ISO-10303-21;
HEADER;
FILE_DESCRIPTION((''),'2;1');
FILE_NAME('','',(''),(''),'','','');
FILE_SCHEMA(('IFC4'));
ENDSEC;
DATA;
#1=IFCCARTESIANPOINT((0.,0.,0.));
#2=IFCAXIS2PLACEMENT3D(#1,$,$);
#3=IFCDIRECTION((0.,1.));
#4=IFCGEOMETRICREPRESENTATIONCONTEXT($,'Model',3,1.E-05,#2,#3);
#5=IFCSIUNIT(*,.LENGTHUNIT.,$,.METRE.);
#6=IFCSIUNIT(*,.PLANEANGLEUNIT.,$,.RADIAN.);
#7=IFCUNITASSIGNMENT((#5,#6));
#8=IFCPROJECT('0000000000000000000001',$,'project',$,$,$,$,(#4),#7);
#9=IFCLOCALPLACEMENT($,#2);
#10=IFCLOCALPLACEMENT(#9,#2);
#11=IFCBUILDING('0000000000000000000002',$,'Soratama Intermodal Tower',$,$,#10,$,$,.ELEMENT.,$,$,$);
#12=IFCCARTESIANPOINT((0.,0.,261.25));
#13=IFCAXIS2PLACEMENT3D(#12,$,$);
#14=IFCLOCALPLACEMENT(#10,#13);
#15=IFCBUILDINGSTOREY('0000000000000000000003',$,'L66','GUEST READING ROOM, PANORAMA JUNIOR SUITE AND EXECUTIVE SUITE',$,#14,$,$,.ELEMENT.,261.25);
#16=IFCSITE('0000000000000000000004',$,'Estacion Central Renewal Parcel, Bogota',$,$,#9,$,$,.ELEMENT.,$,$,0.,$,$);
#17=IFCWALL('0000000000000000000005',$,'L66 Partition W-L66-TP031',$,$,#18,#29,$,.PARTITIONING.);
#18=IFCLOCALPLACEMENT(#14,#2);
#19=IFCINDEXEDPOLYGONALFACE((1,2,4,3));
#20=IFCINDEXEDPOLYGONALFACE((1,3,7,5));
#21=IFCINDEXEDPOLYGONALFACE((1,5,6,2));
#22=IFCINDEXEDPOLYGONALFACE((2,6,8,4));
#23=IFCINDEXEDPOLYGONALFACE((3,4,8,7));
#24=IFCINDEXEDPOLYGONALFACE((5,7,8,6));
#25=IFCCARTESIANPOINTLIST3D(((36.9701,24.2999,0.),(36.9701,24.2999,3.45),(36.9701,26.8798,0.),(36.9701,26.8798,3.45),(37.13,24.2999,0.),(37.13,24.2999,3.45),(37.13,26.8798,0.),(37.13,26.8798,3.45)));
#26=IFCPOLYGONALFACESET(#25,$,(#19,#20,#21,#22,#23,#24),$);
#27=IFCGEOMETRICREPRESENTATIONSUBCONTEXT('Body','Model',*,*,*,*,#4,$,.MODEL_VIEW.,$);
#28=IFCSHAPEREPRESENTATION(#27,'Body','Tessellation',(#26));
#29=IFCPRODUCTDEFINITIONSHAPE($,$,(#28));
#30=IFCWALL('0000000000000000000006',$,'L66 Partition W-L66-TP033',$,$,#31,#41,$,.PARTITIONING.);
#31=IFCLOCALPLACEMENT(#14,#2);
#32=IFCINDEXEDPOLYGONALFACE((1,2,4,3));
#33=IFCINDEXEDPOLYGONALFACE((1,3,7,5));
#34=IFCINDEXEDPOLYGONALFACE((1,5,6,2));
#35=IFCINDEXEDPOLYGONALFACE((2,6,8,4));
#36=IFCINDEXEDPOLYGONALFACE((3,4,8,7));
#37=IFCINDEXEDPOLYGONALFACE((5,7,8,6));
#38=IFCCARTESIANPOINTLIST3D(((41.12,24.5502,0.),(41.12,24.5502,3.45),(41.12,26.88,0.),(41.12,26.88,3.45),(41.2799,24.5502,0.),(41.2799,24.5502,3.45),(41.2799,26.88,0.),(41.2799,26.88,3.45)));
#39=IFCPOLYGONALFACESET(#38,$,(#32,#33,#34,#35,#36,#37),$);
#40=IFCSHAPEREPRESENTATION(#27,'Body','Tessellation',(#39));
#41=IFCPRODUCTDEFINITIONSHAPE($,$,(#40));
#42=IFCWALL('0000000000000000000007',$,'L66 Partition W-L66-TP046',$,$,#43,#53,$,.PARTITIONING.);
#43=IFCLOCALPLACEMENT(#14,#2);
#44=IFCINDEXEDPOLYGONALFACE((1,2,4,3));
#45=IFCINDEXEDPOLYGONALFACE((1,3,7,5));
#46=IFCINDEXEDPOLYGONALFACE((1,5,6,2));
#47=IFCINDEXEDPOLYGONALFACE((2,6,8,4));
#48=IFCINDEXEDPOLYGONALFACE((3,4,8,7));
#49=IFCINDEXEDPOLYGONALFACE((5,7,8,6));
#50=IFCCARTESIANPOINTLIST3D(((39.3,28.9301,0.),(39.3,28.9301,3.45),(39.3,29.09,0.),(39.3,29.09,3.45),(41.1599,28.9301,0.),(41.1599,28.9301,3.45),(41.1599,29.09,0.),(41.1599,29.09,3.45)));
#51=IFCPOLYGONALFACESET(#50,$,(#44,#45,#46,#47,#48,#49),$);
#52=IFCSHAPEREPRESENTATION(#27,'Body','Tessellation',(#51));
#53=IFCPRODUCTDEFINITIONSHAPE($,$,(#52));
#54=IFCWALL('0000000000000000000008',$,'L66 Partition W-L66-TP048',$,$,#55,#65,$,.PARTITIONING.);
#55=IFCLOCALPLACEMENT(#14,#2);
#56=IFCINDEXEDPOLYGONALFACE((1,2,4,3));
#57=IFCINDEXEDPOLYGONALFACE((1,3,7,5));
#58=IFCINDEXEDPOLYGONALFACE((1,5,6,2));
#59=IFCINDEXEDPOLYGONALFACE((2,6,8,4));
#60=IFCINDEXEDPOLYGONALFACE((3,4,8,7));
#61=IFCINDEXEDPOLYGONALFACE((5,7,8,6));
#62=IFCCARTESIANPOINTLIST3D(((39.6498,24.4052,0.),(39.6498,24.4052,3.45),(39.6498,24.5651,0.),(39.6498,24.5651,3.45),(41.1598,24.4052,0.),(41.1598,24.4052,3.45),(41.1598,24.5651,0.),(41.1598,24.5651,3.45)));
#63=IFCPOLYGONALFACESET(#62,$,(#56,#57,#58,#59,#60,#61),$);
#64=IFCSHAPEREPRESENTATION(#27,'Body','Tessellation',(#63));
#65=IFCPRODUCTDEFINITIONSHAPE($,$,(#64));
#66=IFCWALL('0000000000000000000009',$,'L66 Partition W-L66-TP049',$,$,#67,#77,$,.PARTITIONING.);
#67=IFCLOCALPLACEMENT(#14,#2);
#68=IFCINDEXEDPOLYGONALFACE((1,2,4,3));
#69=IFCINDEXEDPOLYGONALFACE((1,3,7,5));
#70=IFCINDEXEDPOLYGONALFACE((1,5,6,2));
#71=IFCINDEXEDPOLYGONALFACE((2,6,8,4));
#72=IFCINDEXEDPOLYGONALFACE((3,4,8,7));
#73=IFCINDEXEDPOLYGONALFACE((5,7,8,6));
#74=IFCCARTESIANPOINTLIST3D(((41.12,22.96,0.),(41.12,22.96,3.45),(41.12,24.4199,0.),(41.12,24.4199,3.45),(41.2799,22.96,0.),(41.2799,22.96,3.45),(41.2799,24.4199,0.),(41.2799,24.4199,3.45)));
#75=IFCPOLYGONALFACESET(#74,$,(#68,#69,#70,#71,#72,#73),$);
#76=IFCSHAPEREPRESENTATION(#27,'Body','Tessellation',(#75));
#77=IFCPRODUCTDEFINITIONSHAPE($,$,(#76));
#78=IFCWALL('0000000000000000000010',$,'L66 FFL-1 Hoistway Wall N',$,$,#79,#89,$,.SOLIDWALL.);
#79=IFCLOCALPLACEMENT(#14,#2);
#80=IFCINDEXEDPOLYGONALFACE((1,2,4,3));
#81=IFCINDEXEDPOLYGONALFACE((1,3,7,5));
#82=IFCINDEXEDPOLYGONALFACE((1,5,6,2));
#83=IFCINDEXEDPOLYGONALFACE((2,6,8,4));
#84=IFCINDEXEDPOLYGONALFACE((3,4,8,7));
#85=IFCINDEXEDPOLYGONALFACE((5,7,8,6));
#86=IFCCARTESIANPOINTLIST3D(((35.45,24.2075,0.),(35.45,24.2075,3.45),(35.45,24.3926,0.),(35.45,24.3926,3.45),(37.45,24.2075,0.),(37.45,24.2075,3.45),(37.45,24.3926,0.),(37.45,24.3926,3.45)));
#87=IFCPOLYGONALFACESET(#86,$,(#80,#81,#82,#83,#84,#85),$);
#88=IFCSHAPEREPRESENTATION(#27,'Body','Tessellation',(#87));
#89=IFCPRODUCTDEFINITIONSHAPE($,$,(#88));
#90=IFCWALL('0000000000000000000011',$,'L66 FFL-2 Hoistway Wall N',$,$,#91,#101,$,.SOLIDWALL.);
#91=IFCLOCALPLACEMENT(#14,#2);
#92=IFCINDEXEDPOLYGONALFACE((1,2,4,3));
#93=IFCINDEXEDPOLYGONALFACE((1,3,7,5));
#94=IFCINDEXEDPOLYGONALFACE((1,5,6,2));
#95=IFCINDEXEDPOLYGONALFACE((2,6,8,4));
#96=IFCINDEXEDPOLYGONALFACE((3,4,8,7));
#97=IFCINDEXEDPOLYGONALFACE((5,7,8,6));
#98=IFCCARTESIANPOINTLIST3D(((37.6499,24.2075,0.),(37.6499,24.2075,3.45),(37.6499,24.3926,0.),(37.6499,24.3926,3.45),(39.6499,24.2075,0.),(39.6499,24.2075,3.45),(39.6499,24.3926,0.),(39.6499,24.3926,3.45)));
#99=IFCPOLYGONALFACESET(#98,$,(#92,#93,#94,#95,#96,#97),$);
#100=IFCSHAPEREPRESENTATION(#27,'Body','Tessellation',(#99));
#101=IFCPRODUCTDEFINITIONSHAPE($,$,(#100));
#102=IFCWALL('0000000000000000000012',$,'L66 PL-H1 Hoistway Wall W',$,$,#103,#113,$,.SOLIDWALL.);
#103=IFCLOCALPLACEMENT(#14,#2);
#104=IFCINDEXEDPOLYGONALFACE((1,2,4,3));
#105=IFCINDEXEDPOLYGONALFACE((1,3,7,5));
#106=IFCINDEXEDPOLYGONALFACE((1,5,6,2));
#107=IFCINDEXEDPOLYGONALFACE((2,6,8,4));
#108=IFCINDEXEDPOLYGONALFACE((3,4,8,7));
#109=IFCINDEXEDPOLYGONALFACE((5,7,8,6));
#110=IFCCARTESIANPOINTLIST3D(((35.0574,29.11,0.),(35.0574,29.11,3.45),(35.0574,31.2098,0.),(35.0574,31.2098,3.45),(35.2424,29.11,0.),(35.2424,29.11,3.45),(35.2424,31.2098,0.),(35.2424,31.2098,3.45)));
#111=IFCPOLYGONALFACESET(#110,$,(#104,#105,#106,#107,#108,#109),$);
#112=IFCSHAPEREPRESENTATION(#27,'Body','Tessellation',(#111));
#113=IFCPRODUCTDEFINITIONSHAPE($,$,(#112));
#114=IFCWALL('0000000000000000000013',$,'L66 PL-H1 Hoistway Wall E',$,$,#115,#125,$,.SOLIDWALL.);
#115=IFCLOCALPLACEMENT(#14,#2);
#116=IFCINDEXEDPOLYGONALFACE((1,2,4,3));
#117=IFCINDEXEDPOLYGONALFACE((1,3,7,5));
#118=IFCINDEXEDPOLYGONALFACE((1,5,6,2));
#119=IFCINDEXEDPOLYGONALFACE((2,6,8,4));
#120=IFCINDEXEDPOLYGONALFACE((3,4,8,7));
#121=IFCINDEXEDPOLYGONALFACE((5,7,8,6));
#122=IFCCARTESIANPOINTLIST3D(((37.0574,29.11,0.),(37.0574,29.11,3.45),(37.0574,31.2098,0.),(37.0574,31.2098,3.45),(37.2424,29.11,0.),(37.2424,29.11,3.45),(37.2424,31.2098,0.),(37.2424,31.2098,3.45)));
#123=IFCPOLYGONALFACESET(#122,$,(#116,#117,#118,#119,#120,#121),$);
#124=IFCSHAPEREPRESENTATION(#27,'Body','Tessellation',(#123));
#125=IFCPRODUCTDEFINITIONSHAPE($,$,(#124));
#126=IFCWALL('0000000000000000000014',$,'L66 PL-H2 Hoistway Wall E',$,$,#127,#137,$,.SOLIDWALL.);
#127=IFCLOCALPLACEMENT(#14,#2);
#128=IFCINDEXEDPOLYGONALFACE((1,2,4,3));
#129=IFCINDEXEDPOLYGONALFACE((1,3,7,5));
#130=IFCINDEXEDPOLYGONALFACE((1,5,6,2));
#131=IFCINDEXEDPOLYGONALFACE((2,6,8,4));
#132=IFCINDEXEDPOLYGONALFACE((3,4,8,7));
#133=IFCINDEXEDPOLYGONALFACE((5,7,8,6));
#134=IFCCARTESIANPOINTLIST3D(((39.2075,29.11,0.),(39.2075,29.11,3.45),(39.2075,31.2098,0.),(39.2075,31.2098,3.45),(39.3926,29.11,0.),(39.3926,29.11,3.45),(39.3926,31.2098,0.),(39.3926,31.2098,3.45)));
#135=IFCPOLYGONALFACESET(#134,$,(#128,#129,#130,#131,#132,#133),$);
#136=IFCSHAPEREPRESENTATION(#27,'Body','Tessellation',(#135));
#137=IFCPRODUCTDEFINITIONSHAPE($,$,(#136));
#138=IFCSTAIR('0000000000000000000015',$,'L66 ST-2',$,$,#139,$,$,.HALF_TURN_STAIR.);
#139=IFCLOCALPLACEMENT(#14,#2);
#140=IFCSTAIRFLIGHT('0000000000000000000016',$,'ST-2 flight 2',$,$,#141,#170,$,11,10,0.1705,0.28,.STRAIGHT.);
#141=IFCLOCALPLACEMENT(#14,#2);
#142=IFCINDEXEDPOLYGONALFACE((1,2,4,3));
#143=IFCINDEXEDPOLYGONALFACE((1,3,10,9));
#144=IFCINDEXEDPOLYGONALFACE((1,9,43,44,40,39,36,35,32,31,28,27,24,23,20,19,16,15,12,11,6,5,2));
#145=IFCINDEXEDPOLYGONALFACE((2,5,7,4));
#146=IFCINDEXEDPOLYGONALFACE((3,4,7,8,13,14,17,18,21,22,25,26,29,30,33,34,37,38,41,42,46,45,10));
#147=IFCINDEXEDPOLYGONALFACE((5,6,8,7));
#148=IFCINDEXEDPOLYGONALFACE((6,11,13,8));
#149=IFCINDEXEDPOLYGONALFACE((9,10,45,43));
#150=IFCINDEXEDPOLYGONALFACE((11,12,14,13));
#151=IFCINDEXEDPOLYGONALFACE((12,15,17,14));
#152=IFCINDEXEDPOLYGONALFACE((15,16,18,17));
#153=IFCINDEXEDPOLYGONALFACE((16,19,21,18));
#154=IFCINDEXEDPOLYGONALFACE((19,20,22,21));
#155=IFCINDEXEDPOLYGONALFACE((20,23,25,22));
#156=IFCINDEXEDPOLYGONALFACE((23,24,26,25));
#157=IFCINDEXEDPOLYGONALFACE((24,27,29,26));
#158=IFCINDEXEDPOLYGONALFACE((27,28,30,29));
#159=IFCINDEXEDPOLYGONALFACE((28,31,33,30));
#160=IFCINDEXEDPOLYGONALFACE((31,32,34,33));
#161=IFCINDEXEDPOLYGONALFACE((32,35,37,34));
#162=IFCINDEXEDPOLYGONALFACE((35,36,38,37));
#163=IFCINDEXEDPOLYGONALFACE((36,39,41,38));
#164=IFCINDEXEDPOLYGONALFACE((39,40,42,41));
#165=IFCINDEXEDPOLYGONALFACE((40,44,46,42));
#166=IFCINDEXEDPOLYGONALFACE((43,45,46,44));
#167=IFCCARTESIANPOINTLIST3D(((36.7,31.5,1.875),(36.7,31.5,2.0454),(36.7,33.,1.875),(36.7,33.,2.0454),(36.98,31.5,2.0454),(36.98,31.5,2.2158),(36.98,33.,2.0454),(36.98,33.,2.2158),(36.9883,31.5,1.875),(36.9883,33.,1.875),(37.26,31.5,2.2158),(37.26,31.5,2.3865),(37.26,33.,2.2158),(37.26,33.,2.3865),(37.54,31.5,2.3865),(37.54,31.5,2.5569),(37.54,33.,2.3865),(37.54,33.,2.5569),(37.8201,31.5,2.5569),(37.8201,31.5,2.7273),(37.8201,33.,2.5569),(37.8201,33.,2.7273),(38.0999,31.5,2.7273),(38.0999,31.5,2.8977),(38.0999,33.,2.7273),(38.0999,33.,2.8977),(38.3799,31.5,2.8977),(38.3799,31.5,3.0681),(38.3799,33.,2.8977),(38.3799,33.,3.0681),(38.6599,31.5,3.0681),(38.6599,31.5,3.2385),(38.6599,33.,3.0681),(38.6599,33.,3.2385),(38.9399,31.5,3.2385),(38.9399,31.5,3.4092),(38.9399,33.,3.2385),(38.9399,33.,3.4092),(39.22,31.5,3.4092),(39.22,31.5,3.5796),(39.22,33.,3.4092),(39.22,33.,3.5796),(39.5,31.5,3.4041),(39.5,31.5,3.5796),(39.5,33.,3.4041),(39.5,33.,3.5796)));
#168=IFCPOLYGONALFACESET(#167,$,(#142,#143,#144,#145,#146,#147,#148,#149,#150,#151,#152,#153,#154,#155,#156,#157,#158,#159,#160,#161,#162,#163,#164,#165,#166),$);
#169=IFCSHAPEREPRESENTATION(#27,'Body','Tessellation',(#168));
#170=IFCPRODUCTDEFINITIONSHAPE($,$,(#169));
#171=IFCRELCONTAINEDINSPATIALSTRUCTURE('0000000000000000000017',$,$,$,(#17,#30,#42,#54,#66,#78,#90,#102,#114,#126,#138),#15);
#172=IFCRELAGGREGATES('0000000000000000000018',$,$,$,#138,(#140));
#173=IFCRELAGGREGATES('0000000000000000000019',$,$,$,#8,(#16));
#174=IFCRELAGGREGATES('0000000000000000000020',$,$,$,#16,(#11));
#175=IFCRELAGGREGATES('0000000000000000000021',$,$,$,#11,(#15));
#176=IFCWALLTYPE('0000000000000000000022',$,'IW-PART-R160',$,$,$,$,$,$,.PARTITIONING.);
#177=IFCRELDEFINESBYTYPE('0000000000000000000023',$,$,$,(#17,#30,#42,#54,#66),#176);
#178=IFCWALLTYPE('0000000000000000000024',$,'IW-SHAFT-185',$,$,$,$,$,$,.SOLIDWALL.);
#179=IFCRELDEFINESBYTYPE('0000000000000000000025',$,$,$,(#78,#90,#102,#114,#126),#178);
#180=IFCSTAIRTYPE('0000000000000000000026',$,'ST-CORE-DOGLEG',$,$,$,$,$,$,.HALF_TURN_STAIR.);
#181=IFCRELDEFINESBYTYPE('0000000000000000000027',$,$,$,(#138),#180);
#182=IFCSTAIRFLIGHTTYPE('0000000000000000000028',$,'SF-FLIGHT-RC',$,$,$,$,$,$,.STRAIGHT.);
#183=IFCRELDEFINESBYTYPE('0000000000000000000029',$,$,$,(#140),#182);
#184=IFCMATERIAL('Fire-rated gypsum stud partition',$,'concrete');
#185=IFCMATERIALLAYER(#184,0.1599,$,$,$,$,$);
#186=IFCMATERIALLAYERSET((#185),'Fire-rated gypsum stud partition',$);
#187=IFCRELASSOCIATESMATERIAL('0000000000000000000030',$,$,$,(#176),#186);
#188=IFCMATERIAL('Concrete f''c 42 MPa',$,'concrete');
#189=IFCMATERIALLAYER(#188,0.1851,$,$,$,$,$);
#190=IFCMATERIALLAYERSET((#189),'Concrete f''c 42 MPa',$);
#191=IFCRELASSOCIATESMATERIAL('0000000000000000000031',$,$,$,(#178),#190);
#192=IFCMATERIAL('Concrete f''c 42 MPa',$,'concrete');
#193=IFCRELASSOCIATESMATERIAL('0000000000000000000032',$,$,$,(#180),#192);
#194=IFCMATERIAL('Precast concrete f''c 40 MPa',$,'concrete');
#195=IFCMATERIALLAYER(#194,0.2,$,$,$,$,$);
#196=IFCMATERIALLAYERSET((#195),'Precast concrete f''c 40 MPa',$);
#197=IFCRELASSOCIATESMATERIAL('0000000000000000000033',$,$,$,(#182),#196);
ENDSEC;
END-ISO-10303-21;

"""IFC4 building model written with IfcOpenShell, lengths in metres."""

from ifc_helpers import new_model, si_unit, direction, frame, frame_2d, origin, place, context, subcontext, project, spatial, polyline, rectangle, outline, extrude, material, layer, layer_set, type_object, element, aggregate, save


model = new_model("IFC4")

# Units and contexts
model_context = context("Model", 3, precision=1e-05, world=origin(), true_north=direction((0.0, 1.0)))
body_context = subcontext(model_context, "Body", "Model", "MODEL_VIEW")
ifc_project = project(units=[si_unit("LENGTHUNIT", "METRE"), si_unit("PLANEANGLEUNIT", "RADIAN")], contexts=[model_context])

# Site, building, storey
site_placement = place(None, origin())
site = spatial("IfcSite", under=ifc_project, at=site_placement, Name="Estacion Central Renewal Parcel, Bogota", CompositionType="ELEMENT", RefElevation=0.0)
building_placement = place(site_placement, origin())
building = spatial("IfcBuilding", under=site, at=building_placement, Name="Soratama Intermodal Tower", CompositionType="ELEMENT")
storey_placement = place(building_placement, frame((0.0, 0.0, 261.25)))
storey = spatial("IfcBuildingStorey", under=building, at=storey_placement, Name="L66", Description="GUEST READING ROOM, PANORAMA JUNIOR SUITE AND EXECUTIVE SUITE", CompositionType="ELEMENT", Elevation=261.25)

# Shared definitions
ifc_material_1 = material(Name="Fire-rated gypsum stud partition", Category="concrete")
ifc_layer_1 = layer(ifc_material_1, 0.1599)
ifc_layer_set_1 = layer_set([ifc_layer_1], Name="Fire-rated gypsum stud partition")
wall_type_1 = type_object("IfcWallType", Name="IW-PART-R160", PredefinedType="PARTITIONING", material=ifc_layer_set_1)

# Walls
wall_1_placement = place(storey_placement, frame((37.05, 26.8799, 0.0), z_axis=(0.0, 0.0, 1.0), x_axis=(0.0, -1.0, 0.0)))
element("IfcWall", 1, at=wall_1_placement, inside=storey, type_object=wall_type_1, Name="L66 Partition W-L66-TP031", PredefinedType="PARTITIONING", context=body_context, shape_type="SweptSolid", body=[
    extrude(rectangle(XDim=2.5798, YDim=0.1599, at=frame_2d((1.29, 0.0))), origin(), (0.0, 0.0, 1.0), 3.45),
])
wall_2_placement = place(storey_placement, frame((41.2, 24.55, 0.0), z_axis=(0.0, 0.0, 1.0), x_axis=(0.0, 1.0, 0.0)))
element("IfcWall", 2, at=wall_2_placement, inside=storey, type_object=wall_type_1, Name="L66 Partition W-L66-TP033", PredefinedType="PARTITIONING", context=body_context, shape_type="SweptSolid", body=[
    extrude(rectangle(XDim=2.3298, YDim=0.1599, at=frame_2d((1.165, 0.0))), origin(), (0.0, 0.0, 1.0), 3.45),
])

# Walls
wall_3_placement = place(storey_placement, frame((39.3, 29.01, 0.0), z_axis=(0.0, 0.0, 1.0), x_axis=(1.0, 0.0, 0.0)))
element("IfcWall", 3, at=wall_3_placement, inside=storey, type_object=wall_type_1, Name="L66 Partition W-L66-TP046", PredefinedType="PARTITIONING", context=body_context, shape_type="SweptSolid", body=[
    extrude(rectangle(XDim=1.8599, YDim=0.1599, at=frame_2d((0.9299, 0.0))), origin(), (0.0, 0.0, 1.0), 3.45),
])
wall_4_placement = place(storey_placement, frame((39.6499, 24.4851, 0.0), z_axis=(0.0, 0.0, 1.0), x_axis=(1.0, 0.0, 0.0)))
element("IfcWall", 4, at=wall_4_placement, inside=storey, type_object=wall_type_1, Name="L66 Partition W-L66-TP048", PredefinedType="PARTITIONING", context=body_context, shape_type="SweptSolid", body=[
    extrude(rectangle(XDim=1.51, YDim=0.1599, at=frame_2d((0.7549, 0.0))), origin(), (0.0, 0.0, 1.0), 3.45),
])
wall_5_placement = place(storey_placement, frame((41.2, 22.96, 0.0), z_axis=(0.0, 0.0, 1.0), x_axis=(0.0, 1.0, 0.0)))
element("IfcWall", 5, at=wall_5_placement, inside=storey, type_object=wall_type_1, Name="L66 Partition W-L66-TP049", PredefinedType="PARTITIONING", context=body_context, shape_type="SweptSolid", body=[
    extrude(rectangle(XDim=1.46, YDim=0.1599, at=frame_2d((0.73, 0.0))), origin(), (0.0, 0.0, 1.0), 3.45),
])

# Walls
ifc_material_2 = material(Name="Concrete f'c 42 MPa", Category="concrete")
ifc_layer_2 = layer(ifc_material_2, 0.1851)
ifc_layer_set_2 = layer_set([ifc_layer_2], Name="Concrete f'c 42 MPa")
wall_type_2 = type_object("IfcWallType", Name="IW-SHAFT-185", PredefinedType="SOLIDWALL", material=ifc_layer_set_2)
for number, where, z_axis, x_axis, name in (
    (6, (35.45, 24.3, 0.0), (0.0, 0.0, 1.0), (1.0, 0.0, 0.0), "L66 FFL-1 Hoistway Wall N"),
    (7, (37.6499, 24.3, 0.0), (0.0, 0.0, 1.0), (1.0, 0.0, 0.0), "L66 FFL-2 Hoistway Wall N"),
):
    element("IfcWall", number, at=place(storey_placement, frame(where, z_axis=z_axis, x_axis=x_axis)), inside=storey, type_object=wall_type_2, Name=name, PredefinedType="SOLIDWALL", context=body_context, shape_type="SweptSolid", body=[
        extrude(rectangle(XDim=2.0, YDim=0.1851, at=frame_2d((1.0, 0.0))), origin(), (0.0, 0.0, 1.0), 3.45),
    ])

# Walls
for number, where, z_axis, x_axis, name in (
    (8, (35.1499, 29.1101, 0.0), (0.0, 0.0, 1.0), (0.0, 1.0, 0.0), "L66 PL-H1 Hoistway Wall W"),
    (9, (37.1499, 29.1101, 0.0), (0.0, 0.0, 1.0), (0.0, 1.0, 0.0), "L66 PL-H1 Hoistway Wall E"),
):
    element("IfcWall", number, at=place(storey_placement, frame(where, z_axis=z_axis, x_axis=x_axis)), inside=storey, type_object=wall_type_2, Name=name, PredefinedType="SOLIDWALL", context=body_context, shape_type="SweptSolid", body=[
        extrude(rectangle(XDim=2.0999, YDim=0.1851, at=frame_2d((1.0498, 0.0))), origin(), (0.0, 0.0, 1.0), 3.45),
    ])

# Wall
wall_6_placement = place(storey_placement, frame((39.3, 29.1101, 0.0), z_axis=(0.0, 0.0, 1.0), x_axis=(0.0, 1.0, 0.0)))
element("IfcWall", 10, at=wall_6_placement, inside=storey, type_object=wall_type_2, Name="L66 PL-H2 Hoistway Wall E", PredefinedType="SOLIDWALL", context=body_context, shape_type="SweptSolid", body=[
    extrude(rectangle(XDim=2.0999, YDim=0.1851, at=frame_2d((1.0498, 0.0))), origin(), (0.0, 0.0, 1.0), 3.45),
])

# Stair, stair flight
ifc_material_3 = material(Name="Concrete f'c 42 MPa", Category="concrete")
stair_type = type_object("IfcStairType", Name="ST-CORE-DOGLEG", PredefinedType="HALF_TURN_STAIR", material=ifc_material_3)
stair_placement = place(storey_placement, origin())
stair = element("IfcStair", 11, at=stair_placement, inside=storey, type_object=stair_type, Name="L66 ST-2", PredefinedType="HALF_TURN_STAIR")
ifc_material_4 = material(Name="Precast concrete f'c 40 MPa", Category="concrete")
ifc_layer_3 = layer(ifc_material_4, 0.2)
ifc_layer_set_3 = layer_set([ifc_layer_3], Name="Precast concrete f'c 40 MPa")
stair_flight_type = type_object("IfcStairFlightType", Name="SF-FLIGHT-RC", PredefinedType="STRAIGHT", material=ifc_layer_set_3)
stair_flight_placement = place(storey_placement, frame((36.7, 32.25, 1.875), z_axis=(0.0, 0.0, 1.0), x_axis=(1.0, 0.0, 0.0)))
stair_flight = element("IfcStairFlight", 12, at=stair_flight_placement, type_object=stair_flight_type, Name="ST-2 flight 2", NumberOfRisers=11, NumberOfTreads=10, PredefinedType="STRAIGHT", RiserHeight=0.1705, TreadLength=0.28, context=body_context, shape_type="SweptSolid", body=[
    extrude(outline(polyline([(0.0, 0.0), (0.0, 0.1704), (0.28, 0.1704), (0.28, 0.3408), (0.5601, 0.3408), (0.5601, 0.5115), (0.8401, 0.5115), (0.8401, 0.6819), (1.1201, 0.6819), (1.1201, 0.8523), (1.3999, 0.8523), (1.3999, 1.0227), (1.6799, 1.0227), (1.6799, 1.1931), (1.96, 1.1931), (1.96, 1.3635), (2.24, 1.3635), (2.24, 1.5342), (2.52, 1.5342), (2.52, 1.7046), (2.8, 1.7046), (2.8, 1.875), (2.8, 1.5291), (0.2883, 0.0), (0.0, 0.0)])), frame((0.0, 0.75, 0.0), z_axis=(0.0, -1.0, 0.0), x_axis=(1.0, 0.0, 0.0)), (0.0, 0.0, 1.0), 1.5),
])
aggregate(stair, [stair_flight])

save(model, "model.ifc")
